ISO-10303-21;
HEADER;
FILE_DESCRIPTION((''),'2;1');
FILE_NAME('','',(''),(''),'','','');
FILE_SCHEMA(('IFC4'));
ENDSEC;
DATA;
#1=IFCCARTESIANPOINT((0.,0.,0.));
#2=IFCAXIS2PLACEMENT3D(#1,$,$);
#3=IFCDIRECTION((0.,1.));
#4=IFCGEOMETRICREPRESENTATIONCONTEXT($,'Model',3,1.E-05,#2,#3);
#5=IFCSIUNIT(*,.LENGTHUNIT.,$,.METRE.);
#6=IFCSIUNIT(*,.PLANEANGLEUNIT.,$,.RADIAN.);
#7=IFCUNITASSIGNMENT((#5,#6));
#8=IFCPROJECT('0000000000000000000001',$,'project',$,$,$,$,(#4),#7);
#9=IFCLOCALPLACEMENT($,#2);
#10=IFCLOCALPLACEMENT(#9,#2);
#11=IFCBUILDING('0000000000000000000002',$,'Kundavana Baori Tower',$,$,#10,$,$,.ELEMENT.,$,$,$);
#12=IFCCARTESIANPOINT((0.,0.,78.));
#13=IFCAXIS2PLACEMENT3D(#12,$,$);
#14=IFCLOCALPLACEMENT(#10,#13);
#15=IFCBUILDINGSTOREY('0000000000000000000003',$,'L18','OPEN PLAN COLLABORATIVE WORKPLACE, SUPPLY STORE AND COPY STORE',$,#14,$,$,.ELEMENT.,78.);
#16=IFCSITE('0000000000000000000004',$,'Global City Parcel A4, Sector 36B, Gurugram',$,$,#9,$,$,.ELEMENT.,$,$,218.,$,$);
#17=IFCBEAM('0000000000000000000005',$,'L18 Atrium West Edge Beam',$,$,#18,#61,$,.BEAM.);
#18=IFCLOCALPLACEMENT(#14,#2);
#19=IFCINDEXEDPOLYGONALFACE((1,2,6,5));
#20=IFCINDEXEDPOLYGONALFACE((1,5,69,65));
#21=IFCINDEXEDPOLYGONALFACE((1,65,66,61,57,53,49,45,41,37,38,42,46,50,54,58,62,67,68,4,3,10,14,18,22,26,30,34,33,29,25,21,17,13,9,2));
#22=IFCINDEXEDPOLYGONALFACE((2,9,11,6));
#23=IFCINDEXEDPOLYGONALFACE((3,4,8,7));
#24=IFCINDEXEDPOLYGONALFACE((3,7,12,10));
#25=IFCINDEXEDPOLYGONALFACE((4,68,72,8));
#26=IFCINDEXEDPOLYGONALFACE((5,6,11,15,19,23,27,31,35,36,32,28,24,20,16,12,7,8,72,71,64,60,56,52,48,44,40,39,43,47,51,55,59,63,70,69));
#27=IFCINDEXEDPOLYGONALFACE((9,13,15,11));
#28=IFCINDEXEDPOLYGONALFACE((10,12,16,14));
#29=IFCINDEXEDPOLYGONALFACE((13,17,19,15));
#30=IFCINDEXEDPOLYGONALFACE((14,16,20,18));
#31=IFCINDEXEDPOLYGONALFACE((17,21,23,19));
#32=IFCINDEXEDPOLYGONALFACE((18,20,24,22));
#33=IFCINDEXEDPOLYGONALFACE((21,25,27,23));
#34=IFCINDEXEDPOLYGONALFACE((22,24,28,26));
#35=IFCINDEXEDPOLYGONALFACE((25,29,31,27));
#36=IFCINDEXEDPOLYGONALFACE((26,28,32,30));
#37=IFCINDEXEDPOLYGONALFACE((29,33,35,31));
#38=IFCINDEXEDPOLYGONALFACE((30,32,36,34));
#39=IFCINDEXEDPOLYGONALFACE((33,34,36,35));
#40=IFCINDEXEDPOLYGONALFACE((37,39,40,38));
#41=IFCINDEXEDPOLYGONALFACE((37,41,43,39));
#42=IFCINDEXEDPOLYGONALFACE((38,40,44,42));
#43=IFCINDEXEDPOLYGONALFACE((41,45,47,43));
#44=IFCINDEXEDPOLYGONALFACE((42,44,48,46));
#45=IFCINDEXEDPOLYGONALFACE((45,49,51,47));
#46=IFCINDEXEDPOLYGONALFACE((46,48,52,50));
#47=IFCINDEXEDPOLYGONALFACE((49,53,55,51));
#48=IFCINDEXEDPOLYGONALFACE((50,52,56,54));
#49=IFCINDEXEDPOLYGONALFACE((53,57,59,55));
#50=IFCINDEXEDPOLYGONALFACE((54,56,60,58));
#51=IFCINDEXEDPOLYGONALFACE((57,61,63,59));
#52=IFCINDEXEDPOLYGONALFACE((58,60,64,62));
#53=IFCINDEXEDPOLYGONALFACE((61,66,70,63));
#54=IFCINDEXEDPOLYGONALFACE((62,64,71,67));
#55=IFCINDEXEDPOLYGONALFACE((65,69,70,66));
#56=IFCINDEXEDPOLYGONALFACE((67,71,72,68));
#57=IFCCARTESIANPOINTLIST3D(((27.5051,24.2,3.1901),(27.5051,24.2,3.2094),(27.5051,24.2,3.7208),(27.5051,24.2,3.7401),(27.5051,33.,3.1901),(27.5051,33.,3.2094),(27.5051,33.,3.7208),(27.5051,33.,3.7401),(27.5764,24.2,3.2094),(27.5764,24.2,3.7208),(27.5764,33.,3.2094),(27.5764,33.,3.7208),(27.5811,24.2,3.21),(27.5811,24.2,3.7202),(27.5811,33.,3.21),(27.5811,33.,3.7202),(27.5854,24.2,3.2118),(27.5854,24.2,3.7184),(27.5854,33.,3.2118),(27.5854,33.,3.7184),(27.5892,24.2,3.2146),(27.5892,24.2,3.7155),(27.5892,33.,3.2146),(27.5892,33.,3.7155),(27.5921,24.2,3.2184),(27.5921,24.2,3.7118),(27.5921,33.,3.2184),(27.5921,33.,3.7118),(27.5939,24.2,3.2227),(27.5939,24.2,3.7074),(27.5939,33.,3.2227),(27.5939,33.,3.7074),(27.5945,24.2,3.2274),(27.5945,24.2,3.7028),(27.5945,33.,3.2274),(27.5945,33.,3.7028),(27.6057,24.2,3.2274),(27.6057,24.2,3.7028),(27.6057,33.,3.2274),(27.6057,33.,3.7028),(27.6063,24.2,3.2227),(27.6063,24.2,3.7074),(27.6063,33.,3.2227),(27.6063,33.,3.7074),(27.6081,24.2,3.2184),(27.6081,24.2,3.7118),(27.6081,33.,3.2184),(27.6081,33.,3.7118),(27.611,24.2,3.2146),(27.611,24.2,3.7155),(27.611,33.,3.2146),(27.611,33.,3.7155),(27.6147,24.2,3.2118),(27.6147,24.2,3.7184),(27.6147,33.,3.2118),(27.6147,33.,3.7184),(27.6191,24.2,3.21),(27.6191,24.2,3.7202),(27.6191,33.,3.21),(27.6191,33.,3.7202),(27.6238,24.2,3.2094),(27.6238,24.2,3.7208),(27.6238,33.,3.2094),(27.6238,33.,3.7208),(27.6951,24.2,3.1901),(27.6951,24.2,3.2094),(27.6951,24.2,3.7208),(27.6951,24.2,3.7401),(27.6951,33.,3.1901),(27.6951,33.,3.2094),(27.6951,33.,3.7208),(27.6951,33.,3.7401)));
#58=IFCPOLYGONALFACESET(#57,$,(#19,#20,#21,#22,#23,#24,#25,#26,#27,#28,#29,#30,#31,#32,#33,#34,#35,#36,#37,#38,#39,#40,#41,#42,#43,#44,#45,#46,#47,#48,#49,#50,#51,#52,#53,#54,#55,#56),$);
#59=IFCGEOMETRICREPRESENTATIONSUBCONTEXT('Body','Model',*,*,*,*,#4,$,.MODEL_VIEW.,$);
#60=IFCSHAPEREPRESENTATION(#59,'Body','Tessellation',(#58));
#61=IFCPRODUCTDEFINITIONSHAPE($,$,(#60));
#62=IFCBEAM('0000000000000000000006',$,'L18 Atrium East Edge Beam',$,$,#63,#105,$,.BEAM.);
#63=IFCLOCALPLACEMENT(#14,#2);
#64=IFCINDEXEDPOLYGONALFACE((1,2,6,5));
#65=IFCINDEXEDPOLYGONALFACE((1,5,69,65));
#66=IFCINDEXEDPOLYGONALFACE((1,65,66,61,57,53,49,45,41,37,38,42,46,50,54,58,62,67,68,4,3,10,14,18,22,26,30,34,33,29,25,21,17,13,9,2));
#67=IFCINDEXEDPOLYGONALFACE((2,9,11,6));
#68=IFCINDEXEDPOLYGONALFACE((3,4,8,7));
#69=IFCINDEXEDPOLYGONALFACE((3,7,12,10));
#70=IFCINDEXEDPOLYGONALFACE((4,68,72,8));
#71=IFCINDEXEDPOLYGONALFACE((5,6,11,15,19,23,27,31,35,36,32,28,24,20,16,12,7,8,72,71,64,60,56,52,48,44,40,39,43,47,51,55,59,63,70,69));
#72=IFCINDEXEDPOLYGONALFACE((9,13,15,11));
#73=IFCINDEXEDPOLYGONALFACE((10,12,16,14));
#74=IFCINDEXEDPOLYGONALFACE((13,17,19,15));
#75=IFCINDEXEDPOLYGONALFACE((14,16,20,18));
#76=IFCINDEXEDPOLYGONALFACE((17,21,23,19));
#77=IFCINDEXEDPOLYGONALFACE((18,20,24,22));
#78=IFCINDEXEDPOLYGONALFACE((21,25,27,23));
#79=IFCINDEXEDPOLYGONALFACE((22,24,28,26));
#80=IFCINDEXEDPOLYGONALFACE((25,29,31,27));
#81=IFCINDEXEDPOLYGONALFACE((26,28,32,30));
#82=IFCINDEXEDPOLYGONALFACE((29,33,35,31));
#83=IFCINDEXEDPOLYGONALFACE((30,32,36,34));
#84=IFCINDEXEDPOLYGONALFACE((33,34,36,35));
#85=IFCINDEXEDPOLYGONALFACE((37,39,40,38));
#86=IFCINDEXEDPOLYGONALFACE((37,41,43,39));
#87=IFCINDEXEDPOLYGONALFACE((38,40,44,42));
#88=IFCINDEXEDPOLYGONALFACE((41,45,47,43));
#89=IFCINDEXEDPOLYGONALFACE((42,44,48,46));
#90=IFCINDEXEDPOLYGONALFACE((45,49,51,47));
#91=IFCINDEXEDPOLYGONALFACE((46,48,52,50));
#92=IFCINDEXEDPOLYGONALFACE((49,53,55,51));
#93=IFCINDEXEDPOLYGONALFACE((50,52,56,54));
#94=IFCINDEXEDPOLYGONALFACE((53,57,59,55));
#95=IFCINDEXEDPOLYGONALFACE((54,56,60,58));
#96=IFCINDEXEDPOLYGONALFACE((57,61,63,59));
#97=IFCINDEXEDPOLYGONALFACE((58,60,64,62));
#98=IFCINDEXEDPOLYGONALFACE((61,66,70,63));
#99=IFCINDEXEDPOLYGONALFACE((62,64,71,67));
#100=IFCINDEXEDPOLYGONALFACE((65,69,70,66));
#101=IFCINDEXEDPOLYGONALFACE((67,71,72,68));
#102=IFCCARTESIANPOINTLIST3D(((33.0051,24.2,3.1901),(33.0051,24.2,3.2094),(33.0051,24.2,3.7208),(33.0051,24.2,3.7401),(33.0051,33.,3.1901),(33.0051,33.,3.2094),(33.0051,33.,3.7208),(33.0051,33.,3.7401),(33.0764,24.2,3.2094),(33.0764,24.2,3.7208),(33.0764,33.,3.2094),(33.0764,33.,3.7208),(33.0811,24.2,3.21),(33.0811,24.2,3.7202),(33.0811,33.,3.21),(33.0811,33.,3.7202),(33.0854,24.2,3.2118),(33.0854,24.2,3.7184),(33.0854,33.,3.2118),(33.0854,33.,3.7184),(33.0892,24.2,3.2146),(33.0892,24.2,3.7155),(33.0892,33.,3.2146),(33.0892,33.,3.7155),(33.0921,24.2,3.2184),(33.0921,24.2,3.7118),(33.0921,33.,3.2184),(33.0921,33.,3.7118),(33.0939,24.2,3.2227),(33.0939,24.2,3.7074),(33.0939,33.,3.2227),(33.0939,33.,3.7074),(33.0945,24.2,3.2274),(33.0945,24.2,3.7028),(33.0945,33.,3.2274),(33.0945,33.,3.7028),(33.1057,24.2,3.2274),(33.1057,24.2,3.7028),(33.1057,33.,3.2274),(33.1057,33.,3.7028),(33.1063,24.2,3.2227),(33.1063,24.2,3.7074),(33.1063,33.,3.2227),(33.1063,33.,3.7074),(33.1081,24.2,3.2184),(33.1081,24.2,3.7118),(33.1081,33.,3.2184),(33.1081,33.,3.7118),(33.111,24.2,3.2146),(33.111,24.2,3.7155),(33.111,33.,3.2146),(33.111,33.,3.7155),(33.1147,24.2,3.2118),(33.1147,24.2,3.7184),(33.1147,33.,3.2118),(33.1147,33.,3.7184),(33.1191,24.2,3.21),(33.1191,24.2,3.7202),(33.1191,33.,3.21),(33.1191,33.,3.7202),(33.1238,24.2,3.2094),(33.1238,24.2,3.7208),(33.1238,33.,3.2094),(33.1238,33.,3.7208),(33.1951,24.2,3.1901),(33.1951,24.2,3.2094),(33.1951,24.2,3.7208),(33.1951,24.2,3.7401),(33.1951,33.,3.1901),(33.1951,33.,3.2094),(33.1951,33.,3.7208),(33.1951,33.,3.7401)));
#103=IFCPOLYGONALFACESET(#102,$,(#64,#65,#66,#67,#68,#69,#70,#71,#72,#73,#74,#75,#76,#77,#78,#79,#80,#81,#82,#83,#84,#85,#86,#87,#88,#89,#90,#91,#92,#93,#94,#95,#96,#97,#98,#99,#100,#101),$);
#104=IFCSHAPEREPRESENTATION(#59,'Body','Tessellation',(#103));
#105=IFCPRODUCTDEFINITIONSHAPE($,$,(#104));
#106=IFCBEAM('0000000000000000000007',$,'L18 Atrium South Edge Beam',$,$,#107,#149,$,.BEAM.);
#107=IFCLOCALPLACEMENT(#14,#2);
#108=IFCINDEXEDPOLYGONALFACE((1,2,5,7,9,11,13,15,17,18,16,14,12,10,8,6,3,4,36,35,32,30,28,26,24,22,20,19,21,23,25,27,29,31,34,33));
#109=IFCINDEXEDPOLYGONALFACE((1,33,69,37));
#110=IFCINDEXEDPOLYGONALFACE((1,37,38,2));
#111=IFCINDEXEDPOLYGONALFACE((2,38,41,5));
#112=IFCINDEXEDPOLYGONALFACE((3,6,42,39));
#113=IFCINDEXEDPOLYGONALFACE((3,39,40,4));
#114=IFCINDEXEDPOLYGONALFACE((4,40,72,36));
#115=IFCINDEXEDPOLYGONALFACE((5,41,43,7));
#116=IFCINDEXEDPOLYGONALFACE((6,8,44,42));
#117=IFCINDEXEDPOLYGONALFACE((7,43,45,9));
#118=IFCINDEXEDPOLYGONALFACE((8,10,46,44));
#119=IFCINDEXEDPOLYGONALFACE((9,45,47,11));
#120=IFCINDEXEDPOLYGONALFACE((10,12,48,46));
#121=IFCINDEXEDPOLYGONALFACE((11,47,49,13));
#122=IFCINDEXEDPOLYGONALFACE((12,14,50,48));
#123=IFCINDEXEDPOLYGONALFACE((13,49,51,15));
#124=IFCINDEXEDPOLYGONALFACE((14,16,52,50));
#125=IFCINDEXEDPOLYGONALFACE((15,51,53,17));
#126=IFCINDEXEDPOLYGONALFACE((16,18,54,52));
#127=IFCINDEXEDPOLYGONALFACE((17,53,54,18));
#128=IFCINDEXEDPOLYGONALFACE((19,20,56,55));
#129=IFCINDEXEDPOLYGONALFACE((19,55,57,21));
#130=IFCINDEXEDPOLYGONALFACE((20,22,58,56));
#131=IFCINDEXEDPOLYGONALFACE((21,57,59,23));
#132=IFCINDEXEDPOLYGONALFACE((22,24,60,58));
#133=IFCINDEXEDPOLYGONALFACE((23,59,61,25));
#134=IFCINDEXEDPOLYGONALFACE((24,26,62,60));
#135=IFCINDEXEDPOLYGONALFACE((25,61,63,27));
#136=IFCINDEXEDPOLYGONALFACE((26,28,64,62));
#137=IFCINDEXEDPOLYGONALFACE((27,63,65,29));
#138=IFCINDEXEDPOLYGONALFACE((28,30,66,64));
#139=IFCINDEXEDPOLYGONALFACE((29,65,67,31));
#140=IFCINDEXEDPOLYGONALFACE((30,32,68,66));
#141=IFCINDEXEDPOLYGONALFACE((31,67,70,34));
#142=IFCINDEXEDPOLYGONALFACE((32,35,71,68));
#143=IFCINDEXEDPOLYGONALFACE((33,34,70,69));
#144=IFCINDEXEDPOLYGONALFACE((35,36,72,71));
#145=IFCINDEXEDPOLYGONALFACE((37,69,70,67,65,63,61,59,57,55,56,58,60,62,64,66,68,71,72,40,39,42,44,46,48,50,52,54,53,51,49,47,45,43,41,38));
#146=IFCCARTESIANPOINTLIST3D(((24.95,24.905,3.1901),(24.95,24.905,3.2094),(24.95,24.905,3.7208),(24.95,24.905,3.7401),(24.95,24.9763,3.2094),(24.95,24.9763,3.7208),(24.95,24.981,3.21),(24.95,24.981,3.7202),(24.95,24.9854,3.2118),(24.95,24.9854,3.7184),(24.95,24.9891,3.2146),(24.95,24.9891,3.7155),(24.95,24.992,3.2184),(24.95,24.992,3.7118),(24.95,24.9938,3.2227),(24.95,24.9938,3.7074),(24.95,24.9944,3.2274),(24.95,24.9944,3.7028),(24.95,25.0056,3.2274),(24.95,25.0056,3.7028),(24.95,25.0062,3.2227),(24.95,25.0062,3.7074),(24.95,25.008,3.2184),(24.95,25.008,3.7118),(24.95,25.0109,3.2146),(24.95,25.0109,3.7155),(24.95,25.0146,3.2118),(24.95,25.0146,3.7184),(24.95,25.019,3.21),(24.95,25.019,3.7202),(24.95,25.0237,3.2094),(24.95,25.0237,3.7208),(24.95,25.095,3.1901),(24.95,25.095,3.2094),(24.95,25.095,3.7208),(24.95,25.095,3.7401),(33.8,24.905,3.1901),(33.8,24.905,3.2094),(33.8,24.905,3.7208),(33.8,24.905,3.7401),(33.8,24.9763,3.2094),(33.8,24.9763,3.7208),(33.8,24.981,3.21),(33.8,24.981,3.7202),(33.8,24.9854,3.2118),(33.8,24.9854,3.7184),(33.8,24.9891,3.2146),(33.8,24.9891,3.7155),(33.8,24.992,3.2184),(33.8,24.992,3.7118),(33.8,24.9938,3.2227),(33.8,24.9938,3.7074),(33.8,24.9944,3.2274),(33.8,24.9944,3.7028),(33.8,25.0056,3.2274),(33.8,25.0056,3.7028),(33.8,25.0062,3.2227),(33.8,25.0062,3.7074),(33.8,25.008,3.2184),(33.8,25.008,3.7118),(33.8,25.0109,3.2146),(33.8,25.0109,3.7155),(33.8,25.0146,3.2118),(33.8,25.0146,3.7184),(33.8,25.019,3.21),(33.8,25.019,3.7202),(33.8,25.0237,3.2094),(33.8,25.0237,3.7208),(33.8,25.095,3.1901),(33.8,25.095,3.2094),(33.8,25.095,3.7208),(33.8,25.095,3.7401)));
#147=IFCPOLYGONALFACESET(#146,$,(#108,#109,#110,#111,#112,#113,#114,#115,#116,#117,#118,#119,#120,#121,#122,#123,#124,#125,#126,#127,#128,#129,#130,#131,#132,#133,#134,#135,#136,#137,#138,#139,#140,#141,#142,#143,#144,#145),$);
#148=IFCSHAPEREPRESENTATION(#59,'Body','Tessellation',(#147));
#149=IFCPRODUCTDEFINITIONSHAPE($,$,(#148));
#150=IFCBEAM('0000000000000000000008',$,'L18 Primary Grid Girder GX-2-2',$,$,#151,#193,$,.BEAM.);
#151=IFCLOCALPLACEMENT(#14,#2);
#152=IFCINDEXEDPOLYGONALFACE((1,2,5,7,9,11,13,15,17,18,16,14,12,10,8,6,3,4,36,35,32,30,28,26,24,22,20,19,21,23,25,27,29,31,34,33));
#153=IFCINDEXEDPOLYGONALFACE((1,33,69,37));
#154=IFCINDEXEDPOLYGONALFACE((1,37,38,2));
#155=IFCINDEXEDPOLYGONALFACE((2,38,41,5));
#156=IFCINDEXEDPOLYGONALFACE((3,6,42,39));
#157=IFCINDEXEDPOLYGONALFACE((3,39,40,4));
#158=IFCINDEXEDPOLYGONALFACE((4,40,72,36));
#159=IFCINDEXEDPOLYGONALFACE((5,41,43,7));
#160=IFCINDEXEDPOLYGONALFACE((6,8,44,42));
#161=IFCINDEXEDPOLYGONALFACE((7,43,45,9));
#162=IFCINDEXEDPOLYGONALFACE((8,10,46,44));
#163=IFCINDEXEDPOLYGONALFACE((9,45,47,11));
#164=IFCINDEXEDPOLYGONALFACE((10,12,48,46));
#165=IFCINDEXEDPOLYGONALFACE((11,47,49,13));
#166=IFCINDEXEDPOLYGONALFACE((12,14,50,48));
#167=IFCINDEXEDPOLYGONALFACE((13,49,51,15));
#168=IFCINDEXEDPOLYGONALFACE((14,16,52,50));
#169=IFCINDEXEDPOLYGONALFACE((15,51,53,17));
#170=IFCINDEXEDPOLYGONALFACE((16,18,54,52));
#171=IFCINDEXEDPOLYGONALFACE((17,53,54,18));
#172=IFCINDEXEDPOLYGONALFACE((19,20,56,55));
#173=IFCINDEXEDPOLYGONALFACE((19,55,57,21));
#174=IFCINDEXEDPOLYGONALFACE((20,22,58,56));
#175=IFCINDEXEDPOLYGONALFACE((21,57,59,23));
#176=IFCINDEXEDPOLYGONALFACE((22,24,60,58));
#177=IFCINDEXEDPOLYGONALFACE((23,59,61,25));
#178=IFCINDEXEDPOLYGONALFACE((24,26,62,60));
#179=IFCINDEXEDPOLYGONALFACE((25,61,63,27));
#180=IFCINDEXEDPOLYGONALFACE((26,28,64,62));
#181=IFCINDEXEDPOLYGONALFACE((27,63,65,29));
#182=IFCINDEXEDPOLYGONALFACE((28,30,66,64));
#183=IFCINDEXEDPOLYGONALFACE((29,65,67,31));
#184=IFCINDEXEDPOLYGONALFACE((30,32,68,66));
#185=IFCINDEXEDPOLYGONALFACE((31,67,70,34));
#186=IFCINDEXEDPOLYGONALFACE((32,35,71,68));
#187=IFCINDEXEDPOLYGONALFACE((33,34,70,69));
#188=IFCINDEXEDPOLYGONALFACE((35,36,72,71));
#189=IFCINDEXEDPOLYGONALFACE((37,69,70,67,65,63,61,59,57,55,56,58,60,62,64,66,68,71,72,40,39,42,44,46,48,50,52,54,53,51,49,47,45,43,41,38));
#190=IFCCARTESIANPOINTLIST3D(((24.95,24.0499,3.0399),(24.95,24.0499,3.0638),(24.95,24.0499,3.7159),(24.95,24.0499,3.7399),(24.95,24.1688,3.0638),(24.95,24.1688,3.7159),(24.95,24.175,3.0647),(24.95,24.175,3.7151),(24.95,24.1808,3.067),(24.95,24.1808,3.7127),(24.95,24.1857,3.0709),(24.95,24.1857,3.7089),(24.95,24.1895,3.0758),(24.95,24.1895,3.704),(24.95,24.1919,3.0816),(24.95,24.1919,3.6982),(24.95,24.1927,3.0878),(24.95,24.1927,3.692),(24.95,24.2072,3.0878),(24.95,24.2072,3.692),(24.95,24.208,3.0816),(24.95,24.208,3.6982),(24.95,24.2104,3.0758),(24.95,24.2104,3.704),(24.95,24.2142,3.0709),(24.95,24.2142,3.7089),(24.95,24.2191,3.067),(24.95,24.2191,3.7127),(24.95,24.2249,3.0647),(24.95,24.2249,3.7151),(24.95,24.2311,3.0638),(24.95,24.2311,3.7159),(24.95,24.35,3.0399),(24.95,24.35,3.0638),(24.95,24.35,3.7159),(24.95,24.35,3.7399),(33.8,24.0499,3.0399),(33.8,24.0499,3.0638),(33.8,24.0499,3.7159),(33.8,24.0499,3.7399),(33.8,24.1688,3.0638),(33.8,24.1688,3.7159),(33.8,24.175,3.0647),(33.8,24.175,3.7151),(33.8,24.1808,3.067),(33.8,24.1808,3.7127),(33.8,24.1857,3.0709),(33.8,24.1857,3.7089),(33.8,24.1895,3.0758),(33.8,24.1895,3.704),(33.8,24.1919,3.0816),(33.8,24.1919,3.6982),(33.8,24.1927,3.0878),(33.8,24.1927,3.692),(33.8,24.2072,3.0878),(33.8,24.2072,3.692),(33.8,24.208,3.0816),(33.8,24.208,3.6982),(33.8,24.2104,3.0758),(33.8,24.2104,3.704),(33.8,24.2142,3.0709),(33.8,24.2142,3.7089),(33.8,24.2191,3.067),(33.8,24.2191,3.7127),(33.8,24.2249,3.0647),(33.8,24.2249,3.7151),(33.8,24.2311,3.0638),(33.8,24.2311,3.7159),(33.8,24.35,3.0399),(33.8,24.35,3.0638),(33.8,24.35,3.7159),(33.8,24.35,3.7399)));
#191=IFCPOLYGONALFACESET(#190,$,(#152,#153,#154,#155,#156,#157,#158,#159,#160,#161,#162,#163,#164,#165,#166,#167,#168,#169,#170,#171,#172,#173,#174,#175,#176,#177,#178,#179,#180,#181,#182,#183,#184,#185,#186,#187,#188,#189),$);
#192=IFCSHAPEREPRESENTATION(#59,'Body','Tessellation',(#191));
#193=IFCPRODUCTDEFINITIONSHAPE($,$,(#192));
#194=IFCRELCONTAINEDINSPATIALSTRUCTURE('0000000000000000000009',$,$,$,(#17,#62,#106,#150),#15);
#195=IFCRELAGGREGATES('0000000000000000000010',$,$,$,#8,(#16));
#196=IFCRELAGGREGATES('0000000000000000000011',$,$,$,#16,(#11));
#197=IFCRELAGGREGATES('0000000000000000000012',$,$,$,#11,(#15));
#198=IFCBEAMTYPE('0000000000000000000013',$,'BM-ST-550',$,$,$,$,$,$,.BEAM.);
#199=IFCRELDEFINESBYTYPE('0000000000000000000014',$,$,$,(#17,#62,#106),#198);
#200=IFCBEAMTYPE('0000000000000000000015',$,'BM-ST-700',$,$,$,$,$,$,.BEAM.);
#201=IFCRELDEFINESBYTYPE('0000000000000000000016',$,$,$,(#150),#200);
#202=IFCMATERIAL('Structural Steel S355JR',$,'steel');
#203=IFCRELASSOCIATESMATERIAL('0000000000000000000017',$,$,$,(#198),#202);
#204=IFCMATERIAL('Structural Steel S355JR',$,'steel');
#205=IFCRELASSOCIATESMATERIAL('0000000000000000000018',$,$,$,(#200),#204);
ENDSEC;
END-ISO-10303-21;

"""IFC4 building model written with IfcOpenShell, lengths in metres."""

from ifc_helpers import new_model, si_unit, direction, frame, origin, origin_2d, place, context, subcontext, project, spatial, i_section, extrude, material, material_profile, profile_set, type_object, element, save


model = new_model("IFC4")

# Units and contexts
model_context = context("Model", 3, precision=1e-05, world=origin(), true_north=direction((0.0, 1.0)))
body_context = subcontext(model_context, "Body", "Model", "MODEL_VIEW")
ifc_project = project(units=[si_unit("LENGTHUNIT", "METRE"), si_unit("PLANEANGLEUNIT", "RADIAN")], contexts=[model_context])

# Site, building, storey
site_placement = place(None, origin())
site = spatial("IfcSite", under=ifc_project, at=site_placement, Name="Global City Parcel A4, Sector 36B, Gurugram", CompositionType="ELEMENT", RefElevation=218.0)
building_placement = place(site_placement, origin())
building = spatial("IfcBuilding", under=site, at=building_placement, Name="Kundavana Baori Tower", CompositionType="ELEMENT")
storey_placement = place(building_placement, frame((0.0, 0.0, 78.0)))
storey = spatial("IfcBuildingStorey", under=building, at=storey_placement, Name="L18", Description="OPEN PLAN COLLABORATIVE WORKPLACE, SUPPLY STORE AND COPY STORE", CompositionType="ELEMENT", Elevation=78.0)

# Beams
ifc_material_1 = material(Name="Structural Steel S355JR", Category="steel")
ifc_material_profile_1 = material_profile(ifc_material_1, i_section(OverallWidth=0.1899, OverallDepth=0.55, WebThickness=0.0112, FlangeThickness=0.0193, FilletRadius=0.0181, at=origin_2d()), Name="ISMB 550")
ifc_profile_set_1 = profile_set([ifc_material_profile_1], Name="Structural Steel S355JR")
beam_type_1 = type_object("IfcBeamType", Name="BM-ST-550", PredefinedType="BEAM", material=ifc_profile_set_1)
for number, where, z_axis, x_axis, name in (
    (1, (27.6001, 24.2, 3.4651), (0.0, 1.0, 0.0), (-1.0, 0.0, 0.0), "L18 Atrium West Edge Beam"),
    (2, (33.1001, 24.2, 3.4651), (0.0, 1.0, 0.0), (-1.0, 0.0, 0.0), "L18 Atrium East Edge Beam"),
):
    element("IfcBeam", number, at=place(storey_placement, frame(where, z_axis=z_axis, x_axis=x_axis)), inside=storey, type_object=beam_type_1, Name=name, PredefinedType="BEAM", context=body_context, shape_type="SweptSolid", body=[
        extrude(i_section(OverallWidth=0.1899, OverallDepth=0.55, WebThickness=0.0112, FlangeThickness=0.0193, FilletRadius=0.0181, at=origin_2d()), origin(), (0.0, 0.0, 1.0), 8.8),
    ])
beam_1_placement = place(storey_placement, frame((24.95, 25.0, 3.4651), z_axis=(1.0, 0.0, 0.0), x_axis=(0.0, 1.0, 0.0)))
element("IfcBeam", 3, at=beam_1_placement, inside=storey, type_object=beam_type_1, Name="L18 Atrium South Edge Beam", PredefinedType="BEAM", context=body_context, shape_type="SweptSolid", body=[
    extrude(i_section(OverallWidth=0.1899, OverallDepth=0.55, WebThickness=0.0112, FlangeThickness=0.0193, FilletRadius=0.0181, at=origin_2d()), origin(), (0.0, 0.0, 1.0), 8.8501),
])
ifc_material_2 = material(Name="Structural Steel S355JR", Category="steel")
ifc_material_profile_2 = material_profile(ifc_material_2, i_section(OverallWidth=0.3, OverallDepth=0.7, WebThickness=0.0144, FlangeThickness=0.0239, FilletRadius=0.0239, at=origin_2d()), Name="NPB 700x300x170")
ifc_profile_set_2 = profile_set([ifc_material_profile_2], Name="Structural Steel S355JR")
beam_type_2 = type_object("IfcBeamType", Name="BM-ST-700", PredefinedType="BEAM", material=ifc_profile_set_2)
beam_2_placement = place(storey_placement, frame((24.95, 24.2, 3.3899), z_axis=(1.0, 0.0, 0.0), x_axis=(0.0, 1.0, 0.0)))
element("IfcBeam", 4, at=beam_2_placement, inside=storey, type_object=beam_type_2, Name="L18 Primary Grid Girder GX-2-2", PredefinedType="BEAM", context=body_context, shape_type="SweptSolid", body=[
    extrude(i_section(OverallWidth=0.3, OverallDepth=0.7, WebThickness=0.0144, FlangeThickness=0.0239, FilletRadius=0.0239, at=origin_2d()), origin(), (0.0, 0.0, 1.0), 8.8501),
])

save(model, "model.ifc")
